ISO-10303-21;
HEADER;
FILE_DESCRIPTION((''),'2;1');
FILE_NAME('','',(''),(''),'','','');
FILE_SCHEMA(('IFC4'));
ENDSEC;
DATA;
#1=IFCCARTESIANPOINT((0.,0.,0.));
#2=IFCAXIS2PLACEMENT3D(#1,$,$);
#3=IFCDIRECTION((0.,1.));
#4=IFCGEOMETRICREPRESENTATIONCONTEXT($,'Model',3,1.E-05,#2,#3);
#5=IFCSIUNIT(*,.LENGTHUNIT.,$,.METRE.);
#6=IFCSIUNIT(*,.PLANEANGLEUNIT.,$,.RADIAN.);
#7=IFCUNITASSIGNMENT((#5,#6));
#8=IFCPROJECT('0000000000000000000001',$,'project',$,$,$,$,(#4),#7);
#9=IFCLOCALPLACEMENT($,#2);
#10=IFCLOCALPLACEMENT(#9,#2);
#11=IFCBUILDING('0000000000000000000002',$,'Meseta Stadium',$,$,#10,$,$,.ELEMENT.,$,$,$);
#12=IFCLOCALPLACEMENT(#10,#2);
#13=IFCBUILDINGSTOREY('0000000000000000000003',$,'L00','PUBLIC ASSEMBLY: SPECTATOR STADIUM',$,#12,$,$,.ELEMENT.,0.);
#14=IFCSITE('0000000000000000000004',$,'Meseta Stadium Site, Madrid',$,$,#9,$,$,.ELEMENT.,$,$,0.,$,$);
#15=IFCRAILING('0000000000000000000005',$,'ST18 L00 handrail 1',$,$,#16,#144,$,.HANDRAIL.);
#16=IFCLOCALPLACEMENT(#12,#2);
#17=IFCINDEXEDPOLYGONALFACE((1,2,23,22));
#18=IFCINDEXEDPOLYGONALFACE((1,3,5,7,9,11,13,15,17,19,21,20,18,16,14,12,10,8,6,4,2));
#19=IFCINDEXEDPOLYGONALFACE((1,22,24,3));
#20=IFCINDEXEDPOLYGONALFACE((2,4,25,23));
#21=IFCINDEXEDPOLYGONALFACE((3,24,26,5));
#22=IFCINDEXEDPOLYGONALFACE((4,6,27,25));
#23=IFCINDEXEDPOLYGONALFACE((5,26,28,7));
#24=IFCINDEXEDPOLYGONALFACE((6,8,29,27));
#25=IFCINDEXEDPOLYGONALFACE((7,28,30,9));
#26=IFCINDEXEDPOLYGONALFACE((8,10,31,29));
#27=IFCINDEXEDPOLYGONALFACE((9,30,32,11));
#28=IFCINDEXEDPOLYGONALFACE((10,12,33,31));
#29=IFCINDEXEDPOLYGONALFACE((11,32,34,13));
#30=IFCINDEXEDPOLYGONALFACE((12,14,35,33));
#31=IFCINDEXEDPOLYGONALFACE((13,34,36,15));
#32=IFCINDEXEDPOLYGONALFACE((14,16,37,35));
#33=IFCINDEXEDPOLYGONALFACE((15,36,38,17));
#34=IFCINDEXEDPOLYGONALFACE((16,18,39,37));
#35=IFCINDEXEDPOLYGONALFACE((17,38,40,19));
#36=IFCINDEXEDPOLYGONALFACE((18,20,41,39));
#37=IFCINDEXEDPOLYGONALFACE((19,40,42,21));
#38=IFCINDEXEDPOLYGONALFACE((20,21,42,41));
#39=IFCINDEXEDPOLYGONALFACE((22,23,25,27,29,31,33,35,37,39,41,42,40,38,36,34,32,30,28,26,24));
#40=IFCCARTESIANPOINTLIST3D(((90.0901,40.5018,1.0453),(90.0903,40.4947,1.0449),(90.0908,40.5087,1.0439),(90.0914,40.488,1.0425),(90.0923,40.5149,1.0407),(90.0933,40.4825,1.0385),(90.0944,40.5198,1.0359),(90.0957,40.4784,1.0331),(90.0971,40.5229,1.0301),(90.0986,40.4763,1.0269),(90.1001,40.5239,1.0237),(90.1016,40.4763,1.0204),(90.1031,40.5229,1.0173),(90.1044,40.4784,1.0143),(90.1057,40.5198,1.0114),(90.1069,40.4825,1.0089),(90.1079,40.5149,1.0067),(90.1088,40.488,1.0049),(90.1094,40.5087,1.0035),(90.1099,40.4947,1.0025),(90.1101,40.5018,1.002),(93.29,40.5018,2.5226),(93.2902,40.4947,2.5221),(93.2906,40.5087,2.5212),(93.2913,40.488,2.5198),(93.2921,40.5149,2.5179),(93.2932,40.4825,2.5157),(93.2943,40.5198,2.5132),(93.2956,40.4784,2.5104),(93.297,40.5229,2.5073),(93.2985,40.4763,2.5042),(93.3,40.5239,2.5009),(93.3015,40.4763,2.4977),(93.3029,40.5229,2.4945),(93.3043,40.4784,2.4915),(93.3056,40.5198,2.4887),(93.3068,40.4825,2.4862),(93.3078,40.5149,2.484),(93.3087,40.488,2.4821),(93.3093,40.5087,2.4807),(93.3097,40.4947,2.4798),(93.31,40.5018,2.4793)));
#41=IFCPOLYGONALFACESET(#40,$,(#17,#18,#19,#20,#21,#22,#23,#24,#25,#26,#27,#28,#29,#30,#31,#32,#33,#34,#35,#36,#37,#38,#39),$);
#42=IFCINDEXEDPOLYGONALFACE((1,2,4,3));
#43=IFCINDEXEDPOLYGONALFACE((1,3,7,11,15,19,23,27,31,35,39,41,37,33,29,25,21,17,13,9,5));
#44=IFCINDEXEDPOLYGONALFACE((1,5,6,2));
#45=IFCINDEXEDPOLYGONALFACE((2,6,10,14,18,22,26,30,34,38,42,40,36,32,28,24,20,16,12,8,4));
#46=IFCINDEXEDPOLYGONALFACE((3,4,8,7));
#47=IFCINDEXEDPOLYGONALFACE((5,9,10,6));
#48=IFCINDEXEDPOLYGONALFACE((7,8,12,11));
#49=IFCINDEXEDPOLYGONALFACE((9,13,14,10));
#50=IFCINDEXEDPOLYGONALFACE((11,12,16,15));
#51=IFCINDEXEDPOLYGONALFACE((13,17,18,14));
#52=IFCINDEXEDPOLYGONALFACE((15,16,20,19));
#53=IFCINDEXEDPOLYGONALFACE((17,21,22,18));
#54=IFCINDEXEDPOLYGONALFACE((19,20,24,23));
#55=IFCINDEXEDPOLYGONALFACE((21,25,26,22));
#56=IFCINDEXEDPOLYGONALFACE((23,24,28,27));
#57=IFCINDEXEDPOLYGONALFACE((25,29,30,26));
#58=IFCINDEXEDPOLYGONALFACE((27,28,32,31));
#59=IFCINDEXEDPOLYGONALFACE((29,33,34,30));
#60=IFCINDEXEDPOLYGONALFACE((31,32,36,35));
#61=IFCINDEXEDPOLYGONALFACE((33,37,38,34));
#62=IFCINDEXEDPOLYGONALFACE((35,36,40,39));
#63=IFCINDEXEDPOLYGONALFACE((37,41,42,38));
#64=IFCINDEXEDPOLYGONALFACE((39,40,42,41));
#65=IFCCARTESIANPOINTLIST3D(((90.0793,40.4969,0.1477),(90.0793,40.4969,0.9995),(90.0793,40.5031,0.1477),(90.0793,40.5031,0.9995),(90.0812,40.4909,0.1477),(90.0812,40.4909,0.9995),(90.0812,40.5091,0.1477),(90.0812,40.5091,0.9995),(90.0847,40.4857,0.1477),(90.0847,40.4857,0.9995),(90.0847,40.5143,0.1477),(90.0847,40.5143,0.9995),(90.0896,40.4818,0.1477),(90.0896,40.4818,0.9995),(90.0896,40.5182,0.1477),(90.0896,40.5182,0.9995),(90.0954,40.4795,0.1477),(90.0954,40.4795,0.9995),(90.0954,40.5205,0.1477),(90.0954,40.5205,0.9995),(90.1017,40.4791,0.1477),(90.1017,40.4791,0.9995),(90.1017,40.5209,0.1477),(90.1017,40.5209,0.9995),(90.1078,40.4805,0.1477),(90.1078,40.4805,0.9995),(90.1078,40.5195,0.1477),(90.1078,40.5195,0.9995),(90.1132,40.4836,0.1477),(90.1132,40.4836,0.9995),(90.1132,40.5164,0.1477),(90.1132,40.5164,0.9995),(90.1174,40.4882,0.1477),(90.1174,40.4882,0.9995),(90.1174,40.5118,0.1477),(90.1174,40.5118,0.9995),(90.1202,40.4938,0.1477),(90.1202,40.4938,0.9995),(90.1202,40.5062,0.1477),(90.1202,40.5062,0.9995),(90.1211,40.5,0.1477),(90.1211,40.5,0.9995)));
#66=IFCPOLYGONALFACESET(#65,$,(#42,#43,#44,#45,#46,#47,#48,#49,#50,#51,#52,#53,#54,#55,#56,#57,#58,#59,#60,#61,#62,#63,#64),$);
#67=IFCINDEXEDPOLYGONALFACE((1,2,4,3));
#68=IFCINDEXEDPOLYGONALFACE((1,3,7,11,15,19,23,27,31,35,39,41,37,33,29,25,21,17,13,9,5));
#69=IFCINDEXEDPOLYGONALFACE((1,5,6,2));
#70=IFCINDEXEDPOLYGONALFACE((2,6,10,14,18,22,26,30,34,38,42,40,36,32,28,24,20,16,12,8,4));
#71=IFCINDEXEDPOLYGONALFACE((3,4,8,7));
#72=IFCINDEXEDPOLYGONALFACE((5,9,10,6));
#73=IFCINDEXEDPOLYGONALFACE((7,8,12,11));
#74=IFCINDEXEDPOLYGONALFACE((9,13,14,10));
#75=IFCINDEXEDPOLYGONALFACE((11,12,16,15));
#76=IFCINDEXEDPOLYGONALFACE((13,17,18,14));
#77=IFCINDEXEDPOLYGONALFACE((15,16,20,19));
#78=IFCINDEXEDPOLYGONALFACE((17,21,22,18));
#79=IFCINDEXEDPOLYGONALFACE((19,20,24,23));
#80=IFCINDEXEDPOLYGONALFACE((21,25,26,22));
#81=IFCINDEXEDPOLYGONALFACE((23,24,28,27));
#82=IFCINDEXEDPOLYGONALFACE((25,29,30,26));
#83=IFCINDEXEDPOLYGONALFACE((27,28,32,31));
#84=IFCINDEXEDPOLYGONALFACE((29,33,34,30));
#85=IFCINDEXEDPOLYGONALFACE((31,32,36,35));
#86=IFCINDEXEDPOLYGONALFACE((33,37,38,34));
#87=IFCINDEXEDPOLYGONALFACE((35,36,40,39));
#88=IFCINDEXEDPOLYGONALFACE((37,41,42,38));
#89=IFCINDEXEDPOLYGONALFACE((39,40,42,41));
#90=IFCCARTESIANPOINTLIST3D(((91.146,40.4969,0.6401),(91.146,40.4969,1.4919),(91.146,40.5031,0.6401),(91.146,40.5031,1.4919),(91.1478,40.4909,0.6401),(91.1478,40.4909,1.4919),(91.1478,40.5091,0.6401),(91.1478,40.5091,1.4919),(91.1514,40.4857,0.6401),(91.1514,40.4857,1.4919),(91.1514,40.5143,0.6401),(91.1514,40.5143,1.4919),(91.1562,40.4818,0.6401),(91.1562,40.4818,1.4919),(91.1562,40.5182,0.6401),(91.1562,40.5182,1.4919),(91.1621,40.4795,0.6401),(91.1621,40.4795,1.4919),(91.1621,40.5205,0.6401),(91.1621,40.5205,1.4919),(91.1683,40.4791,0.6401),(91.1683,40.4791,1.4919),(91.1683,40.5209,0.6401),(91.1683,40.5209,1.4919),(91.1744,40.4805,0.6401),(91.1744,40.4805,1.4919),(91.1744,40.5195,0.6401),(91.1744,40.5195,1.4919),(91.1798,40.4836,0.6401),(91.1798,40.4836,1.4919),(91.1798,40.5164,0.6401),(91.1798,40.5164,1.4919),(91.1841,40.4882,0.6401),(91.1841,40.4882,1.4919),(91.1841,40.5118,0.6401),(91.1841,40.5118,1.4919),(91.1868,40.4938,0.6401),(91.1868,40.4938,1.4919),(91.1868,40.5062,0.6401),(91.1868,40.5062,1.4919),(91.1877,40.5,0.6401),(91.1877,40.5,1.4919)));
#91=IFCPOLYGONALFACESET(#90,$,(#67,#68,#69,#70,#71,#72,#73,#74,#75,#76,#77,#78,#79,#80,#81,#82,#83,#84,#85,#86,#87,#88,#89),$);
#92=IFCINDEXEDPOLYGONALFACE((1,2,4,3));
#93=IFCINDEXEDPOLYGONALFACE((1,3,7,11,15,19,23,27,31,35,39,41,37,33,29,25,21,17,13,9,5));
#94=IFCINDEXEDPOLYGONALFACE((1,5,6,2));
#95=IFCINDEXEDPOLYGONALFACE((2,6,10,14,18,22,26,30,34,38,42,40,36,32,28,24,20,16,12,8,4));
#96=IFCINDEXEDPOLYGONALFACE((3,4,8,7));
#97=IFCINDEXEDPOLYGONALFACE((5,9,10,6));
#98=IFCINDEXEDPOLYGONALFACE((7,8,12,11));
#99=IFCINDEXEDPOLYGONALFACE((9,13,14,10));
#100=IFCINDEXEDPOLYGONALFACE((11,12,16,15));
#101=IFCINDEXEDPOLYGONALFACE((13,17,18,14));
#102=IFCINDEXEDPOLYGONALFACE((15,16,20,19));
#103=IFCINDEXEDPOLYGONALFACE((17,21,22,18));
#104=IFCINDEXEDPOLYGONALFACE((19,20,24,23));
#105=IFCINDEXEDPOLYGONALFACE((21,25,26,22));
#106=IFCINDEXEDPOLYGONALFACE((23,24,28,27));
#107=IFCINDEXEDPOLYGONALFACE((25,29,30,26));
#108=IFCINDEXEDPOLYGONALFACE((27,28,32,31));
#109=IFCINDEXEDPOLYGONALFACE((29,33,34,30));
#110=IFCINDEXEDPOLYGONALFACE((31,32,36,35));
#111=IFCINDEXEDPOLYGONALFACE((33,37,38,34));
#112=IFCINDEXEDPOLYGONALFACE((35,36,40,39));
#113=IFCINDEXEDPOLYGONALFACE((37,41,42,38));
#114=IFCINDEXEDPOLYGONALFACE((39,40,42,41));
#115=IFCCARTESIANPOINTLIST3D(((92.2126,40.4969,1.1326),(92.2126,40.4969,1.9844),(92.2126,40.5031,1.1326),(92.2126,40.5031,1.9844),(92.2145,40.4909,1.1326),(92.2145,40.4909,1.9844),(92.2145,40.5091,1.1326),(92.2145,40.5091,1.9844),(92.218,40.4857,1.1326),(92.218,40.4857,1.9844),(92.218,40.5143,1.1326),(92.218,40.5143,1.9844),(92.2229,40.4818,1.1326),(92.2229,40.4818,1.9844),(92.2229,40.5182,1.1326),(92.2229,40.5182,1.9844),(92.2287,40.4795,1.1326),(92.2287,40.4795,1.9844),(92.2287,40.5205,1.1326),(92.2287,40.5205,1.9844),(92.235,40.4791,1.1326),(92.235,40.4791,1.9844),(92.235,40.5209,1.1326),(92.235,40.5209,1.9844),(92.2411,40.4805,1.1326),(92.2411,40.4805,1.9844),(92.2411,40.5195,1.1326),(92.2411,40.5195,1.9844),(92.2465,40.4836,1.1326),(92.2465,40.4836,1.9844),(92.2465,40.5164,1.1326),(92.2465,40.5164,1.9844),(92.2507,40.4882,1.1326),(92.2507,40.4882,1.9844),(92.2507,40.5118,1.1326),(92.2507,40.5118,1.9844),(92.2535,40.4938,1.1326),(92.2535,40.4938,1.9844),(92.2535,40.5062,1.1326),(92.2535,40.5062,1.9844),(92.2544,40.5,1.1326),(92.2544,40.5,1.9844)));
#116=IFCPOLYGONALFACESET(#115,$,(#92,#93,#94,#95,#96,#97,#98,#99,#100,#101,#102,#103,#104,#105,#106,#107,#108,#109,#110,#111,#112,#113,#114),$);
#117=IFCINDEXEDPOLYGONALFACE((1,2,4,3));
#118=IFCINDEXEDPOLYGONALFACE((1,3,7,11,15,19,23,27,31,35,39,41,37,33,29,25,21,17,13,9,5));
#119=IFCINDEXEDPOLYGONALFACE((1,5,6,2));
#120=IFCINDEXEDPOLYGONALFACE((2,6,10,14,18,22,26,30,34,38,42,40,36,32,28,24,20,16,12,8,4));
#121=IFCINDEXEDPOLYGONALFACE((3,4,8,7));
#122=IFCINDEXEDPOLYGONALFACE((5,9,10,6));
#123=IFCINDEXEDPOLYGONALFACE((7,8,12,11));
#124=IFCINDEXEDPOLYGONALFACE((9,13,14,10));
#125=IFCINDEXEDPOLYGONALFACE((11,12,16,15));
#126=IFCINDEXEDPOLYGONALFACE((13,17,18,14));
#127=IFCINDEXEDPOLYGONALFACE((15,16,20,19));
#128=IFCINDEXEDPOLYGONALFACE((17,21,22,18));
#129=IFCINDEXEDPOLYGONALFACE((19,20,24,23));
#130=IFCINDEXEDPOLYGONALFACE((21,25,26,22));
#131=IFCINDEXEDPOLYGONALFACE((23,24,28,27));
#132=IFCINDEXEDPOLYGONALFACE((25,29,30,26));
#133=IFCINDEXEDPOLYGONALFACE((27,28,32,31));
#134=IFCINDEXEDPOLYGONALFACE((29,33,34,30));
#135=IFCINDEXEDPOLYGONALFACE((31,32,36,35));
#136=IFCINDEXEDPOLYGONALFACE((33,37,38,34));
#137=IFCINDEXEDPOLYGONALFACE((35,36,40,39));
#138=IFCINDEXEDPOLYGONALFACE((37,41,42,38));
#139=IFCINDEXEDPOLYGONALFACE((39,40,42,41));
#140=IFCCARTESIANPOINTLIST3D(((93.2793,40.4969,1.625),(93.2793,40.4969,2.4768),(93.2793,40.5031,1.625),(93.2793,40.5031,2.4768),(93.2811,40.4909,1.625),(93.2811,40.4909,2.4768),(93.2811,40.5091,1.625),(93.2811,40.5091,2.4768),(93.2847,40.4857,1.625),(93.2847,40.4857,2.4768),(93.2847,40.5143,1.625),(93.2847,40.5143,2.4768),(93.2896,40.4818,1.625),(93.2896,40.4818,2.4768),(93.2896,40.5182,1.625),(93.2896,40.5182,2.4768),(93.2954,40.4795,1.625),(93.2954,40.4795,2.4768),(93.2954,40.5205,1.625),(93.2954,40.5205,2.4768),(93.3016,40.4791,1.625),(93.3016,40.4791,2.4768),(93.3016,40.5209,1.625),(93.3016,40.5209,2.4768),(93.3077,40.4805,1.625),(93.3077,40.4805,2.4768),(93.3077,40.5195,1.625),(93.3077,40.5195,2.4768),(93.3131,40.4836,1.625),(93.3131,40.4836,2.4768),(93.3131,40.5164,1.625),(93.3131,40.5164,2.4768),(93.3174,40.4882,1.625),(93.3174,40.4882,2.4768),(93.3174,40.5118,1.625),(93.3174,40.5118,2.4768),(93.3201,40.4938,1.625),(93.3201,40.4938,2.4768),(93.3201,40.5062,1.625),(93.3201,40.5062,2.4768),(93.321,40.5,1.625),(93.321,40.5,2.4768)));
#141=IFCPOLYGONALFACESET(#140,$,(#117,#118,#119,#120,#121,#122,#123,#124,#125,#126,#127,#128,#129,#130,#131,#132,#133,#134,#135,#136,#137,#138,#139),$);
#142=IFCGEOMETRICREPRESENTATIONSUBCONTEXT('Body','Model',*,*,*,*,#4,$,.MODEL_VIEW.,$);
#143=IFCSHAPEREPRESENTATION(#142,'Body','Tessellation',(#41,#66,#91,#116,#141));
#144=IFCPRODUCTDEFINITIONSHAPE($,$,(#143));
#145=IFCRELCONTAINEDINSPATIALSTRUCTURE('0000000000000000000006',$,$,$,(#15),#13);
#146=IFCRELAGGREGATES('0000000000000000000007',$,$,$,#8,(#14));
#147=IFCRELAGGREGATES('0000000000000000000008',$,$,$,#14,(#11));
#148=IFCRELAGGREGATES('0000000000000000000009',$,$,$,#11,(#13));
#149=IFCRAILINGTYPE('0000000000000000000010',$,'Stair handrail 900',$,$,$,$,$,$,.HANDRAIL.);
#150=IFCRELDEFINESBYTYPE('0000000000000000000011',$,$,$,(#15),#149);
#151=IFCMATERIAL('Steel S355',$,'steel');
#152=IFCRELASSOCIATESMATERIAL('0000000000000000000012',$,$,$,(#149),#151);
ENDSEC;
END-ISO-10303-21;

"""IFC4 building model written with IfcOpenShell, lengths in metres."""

from ifc_helpers import new_model, si_unit, direction, frame, origin, origin_2d, place, context, subcontext, project, spatial, circle, extrude, material, type_object, element, save


model = new_model("IFC4")

# Units and contexts
model_context = context("Model", 3, precision=1e-05, world=origin(), true_north=direction((0.0, 1.0)))
body_context = subcontext(model_context, "Body", "Model", "MODEL_VIEW")
ifc_project = project(units=[si_unit("LENGTHUNIT", "METRE"), si_unit("PLANEANGLEUNIT", "RADIAN")], contexts=[model_context])

# Site, building, storey
site_placement = place(None, origin())
site = spatial("IfcSite", under=ifc_project, at=site_placement, Name="Meseta Stadium Site, Madrid", CompositionType="ELEMENT", RefElevation=0.0)
building_placement = place(site_placement, origin())
building = spatial("IfcBuilding", under=site, at=building_placement, Name="Meseta Stadium", CompositionType="ELEMENT")
storey_placement = place(building_placement, origin())
storey = spatial("IfcBuildingStorey", under=building, at=storey_placement, Name="L00", Description="PUBLIC ASSEMBLY: SPECTATOR STADIUM", CompositionType="ELEMENT", Elevation=0.0)

# Railing
ifc_material_1 = material(Name="Steel S355", Category="steel")
railing_type_1 = type_object("IfcRailingType", Name="Stair handrail 900", PredefinedType="HANDRAIL", material=ifc_material_1)
for number, where, name in (
    (1, (90.1001, 40.5, 0.1477), "ST18 L00 handrail 1"),
):
    element("IfcRailing", number, at=place(storey_placement, frame(where)), inside=storey, type_object=railing_type_1, Name=name, PredefinedType="HANDRAIL", context=body_context, shape_type="SweptSolid", body=[
        extrude(circle(Radius=0.0239, at=origin_2d()), frame((0.0, 0.0, 0.876), z_axis=(0.907917, 0.0, 0.41915), x_axis=(0.0, 1.0, 0.0)), (0.0, 0.0, 1.0), 3.5244),
        extrude(circle(Radius=0.021, at=origin_2d()), origin(), (0.0, 0.0, 1.0), 0.8518),
        extrude(circle(Radius=0.021, at=origin_2d()), frame((1.0667, 0.0, 0.4924)), (0.0, 0.0, 1.0), 0.8518),
        extrude(circle(Radius=0.021, at=origin_2d()), frame((2.1333, 0.0, 0.9849)), (0.0, 0.0, 1.0), 0.8518),
        extrude(circle(Radius=0.021, at=origin_2d()), frame((3.2, 0.0, 1.4773)), (0.0, 0.0, 1.0), 0.8518),
    ])

save(model, "model.ifc")
